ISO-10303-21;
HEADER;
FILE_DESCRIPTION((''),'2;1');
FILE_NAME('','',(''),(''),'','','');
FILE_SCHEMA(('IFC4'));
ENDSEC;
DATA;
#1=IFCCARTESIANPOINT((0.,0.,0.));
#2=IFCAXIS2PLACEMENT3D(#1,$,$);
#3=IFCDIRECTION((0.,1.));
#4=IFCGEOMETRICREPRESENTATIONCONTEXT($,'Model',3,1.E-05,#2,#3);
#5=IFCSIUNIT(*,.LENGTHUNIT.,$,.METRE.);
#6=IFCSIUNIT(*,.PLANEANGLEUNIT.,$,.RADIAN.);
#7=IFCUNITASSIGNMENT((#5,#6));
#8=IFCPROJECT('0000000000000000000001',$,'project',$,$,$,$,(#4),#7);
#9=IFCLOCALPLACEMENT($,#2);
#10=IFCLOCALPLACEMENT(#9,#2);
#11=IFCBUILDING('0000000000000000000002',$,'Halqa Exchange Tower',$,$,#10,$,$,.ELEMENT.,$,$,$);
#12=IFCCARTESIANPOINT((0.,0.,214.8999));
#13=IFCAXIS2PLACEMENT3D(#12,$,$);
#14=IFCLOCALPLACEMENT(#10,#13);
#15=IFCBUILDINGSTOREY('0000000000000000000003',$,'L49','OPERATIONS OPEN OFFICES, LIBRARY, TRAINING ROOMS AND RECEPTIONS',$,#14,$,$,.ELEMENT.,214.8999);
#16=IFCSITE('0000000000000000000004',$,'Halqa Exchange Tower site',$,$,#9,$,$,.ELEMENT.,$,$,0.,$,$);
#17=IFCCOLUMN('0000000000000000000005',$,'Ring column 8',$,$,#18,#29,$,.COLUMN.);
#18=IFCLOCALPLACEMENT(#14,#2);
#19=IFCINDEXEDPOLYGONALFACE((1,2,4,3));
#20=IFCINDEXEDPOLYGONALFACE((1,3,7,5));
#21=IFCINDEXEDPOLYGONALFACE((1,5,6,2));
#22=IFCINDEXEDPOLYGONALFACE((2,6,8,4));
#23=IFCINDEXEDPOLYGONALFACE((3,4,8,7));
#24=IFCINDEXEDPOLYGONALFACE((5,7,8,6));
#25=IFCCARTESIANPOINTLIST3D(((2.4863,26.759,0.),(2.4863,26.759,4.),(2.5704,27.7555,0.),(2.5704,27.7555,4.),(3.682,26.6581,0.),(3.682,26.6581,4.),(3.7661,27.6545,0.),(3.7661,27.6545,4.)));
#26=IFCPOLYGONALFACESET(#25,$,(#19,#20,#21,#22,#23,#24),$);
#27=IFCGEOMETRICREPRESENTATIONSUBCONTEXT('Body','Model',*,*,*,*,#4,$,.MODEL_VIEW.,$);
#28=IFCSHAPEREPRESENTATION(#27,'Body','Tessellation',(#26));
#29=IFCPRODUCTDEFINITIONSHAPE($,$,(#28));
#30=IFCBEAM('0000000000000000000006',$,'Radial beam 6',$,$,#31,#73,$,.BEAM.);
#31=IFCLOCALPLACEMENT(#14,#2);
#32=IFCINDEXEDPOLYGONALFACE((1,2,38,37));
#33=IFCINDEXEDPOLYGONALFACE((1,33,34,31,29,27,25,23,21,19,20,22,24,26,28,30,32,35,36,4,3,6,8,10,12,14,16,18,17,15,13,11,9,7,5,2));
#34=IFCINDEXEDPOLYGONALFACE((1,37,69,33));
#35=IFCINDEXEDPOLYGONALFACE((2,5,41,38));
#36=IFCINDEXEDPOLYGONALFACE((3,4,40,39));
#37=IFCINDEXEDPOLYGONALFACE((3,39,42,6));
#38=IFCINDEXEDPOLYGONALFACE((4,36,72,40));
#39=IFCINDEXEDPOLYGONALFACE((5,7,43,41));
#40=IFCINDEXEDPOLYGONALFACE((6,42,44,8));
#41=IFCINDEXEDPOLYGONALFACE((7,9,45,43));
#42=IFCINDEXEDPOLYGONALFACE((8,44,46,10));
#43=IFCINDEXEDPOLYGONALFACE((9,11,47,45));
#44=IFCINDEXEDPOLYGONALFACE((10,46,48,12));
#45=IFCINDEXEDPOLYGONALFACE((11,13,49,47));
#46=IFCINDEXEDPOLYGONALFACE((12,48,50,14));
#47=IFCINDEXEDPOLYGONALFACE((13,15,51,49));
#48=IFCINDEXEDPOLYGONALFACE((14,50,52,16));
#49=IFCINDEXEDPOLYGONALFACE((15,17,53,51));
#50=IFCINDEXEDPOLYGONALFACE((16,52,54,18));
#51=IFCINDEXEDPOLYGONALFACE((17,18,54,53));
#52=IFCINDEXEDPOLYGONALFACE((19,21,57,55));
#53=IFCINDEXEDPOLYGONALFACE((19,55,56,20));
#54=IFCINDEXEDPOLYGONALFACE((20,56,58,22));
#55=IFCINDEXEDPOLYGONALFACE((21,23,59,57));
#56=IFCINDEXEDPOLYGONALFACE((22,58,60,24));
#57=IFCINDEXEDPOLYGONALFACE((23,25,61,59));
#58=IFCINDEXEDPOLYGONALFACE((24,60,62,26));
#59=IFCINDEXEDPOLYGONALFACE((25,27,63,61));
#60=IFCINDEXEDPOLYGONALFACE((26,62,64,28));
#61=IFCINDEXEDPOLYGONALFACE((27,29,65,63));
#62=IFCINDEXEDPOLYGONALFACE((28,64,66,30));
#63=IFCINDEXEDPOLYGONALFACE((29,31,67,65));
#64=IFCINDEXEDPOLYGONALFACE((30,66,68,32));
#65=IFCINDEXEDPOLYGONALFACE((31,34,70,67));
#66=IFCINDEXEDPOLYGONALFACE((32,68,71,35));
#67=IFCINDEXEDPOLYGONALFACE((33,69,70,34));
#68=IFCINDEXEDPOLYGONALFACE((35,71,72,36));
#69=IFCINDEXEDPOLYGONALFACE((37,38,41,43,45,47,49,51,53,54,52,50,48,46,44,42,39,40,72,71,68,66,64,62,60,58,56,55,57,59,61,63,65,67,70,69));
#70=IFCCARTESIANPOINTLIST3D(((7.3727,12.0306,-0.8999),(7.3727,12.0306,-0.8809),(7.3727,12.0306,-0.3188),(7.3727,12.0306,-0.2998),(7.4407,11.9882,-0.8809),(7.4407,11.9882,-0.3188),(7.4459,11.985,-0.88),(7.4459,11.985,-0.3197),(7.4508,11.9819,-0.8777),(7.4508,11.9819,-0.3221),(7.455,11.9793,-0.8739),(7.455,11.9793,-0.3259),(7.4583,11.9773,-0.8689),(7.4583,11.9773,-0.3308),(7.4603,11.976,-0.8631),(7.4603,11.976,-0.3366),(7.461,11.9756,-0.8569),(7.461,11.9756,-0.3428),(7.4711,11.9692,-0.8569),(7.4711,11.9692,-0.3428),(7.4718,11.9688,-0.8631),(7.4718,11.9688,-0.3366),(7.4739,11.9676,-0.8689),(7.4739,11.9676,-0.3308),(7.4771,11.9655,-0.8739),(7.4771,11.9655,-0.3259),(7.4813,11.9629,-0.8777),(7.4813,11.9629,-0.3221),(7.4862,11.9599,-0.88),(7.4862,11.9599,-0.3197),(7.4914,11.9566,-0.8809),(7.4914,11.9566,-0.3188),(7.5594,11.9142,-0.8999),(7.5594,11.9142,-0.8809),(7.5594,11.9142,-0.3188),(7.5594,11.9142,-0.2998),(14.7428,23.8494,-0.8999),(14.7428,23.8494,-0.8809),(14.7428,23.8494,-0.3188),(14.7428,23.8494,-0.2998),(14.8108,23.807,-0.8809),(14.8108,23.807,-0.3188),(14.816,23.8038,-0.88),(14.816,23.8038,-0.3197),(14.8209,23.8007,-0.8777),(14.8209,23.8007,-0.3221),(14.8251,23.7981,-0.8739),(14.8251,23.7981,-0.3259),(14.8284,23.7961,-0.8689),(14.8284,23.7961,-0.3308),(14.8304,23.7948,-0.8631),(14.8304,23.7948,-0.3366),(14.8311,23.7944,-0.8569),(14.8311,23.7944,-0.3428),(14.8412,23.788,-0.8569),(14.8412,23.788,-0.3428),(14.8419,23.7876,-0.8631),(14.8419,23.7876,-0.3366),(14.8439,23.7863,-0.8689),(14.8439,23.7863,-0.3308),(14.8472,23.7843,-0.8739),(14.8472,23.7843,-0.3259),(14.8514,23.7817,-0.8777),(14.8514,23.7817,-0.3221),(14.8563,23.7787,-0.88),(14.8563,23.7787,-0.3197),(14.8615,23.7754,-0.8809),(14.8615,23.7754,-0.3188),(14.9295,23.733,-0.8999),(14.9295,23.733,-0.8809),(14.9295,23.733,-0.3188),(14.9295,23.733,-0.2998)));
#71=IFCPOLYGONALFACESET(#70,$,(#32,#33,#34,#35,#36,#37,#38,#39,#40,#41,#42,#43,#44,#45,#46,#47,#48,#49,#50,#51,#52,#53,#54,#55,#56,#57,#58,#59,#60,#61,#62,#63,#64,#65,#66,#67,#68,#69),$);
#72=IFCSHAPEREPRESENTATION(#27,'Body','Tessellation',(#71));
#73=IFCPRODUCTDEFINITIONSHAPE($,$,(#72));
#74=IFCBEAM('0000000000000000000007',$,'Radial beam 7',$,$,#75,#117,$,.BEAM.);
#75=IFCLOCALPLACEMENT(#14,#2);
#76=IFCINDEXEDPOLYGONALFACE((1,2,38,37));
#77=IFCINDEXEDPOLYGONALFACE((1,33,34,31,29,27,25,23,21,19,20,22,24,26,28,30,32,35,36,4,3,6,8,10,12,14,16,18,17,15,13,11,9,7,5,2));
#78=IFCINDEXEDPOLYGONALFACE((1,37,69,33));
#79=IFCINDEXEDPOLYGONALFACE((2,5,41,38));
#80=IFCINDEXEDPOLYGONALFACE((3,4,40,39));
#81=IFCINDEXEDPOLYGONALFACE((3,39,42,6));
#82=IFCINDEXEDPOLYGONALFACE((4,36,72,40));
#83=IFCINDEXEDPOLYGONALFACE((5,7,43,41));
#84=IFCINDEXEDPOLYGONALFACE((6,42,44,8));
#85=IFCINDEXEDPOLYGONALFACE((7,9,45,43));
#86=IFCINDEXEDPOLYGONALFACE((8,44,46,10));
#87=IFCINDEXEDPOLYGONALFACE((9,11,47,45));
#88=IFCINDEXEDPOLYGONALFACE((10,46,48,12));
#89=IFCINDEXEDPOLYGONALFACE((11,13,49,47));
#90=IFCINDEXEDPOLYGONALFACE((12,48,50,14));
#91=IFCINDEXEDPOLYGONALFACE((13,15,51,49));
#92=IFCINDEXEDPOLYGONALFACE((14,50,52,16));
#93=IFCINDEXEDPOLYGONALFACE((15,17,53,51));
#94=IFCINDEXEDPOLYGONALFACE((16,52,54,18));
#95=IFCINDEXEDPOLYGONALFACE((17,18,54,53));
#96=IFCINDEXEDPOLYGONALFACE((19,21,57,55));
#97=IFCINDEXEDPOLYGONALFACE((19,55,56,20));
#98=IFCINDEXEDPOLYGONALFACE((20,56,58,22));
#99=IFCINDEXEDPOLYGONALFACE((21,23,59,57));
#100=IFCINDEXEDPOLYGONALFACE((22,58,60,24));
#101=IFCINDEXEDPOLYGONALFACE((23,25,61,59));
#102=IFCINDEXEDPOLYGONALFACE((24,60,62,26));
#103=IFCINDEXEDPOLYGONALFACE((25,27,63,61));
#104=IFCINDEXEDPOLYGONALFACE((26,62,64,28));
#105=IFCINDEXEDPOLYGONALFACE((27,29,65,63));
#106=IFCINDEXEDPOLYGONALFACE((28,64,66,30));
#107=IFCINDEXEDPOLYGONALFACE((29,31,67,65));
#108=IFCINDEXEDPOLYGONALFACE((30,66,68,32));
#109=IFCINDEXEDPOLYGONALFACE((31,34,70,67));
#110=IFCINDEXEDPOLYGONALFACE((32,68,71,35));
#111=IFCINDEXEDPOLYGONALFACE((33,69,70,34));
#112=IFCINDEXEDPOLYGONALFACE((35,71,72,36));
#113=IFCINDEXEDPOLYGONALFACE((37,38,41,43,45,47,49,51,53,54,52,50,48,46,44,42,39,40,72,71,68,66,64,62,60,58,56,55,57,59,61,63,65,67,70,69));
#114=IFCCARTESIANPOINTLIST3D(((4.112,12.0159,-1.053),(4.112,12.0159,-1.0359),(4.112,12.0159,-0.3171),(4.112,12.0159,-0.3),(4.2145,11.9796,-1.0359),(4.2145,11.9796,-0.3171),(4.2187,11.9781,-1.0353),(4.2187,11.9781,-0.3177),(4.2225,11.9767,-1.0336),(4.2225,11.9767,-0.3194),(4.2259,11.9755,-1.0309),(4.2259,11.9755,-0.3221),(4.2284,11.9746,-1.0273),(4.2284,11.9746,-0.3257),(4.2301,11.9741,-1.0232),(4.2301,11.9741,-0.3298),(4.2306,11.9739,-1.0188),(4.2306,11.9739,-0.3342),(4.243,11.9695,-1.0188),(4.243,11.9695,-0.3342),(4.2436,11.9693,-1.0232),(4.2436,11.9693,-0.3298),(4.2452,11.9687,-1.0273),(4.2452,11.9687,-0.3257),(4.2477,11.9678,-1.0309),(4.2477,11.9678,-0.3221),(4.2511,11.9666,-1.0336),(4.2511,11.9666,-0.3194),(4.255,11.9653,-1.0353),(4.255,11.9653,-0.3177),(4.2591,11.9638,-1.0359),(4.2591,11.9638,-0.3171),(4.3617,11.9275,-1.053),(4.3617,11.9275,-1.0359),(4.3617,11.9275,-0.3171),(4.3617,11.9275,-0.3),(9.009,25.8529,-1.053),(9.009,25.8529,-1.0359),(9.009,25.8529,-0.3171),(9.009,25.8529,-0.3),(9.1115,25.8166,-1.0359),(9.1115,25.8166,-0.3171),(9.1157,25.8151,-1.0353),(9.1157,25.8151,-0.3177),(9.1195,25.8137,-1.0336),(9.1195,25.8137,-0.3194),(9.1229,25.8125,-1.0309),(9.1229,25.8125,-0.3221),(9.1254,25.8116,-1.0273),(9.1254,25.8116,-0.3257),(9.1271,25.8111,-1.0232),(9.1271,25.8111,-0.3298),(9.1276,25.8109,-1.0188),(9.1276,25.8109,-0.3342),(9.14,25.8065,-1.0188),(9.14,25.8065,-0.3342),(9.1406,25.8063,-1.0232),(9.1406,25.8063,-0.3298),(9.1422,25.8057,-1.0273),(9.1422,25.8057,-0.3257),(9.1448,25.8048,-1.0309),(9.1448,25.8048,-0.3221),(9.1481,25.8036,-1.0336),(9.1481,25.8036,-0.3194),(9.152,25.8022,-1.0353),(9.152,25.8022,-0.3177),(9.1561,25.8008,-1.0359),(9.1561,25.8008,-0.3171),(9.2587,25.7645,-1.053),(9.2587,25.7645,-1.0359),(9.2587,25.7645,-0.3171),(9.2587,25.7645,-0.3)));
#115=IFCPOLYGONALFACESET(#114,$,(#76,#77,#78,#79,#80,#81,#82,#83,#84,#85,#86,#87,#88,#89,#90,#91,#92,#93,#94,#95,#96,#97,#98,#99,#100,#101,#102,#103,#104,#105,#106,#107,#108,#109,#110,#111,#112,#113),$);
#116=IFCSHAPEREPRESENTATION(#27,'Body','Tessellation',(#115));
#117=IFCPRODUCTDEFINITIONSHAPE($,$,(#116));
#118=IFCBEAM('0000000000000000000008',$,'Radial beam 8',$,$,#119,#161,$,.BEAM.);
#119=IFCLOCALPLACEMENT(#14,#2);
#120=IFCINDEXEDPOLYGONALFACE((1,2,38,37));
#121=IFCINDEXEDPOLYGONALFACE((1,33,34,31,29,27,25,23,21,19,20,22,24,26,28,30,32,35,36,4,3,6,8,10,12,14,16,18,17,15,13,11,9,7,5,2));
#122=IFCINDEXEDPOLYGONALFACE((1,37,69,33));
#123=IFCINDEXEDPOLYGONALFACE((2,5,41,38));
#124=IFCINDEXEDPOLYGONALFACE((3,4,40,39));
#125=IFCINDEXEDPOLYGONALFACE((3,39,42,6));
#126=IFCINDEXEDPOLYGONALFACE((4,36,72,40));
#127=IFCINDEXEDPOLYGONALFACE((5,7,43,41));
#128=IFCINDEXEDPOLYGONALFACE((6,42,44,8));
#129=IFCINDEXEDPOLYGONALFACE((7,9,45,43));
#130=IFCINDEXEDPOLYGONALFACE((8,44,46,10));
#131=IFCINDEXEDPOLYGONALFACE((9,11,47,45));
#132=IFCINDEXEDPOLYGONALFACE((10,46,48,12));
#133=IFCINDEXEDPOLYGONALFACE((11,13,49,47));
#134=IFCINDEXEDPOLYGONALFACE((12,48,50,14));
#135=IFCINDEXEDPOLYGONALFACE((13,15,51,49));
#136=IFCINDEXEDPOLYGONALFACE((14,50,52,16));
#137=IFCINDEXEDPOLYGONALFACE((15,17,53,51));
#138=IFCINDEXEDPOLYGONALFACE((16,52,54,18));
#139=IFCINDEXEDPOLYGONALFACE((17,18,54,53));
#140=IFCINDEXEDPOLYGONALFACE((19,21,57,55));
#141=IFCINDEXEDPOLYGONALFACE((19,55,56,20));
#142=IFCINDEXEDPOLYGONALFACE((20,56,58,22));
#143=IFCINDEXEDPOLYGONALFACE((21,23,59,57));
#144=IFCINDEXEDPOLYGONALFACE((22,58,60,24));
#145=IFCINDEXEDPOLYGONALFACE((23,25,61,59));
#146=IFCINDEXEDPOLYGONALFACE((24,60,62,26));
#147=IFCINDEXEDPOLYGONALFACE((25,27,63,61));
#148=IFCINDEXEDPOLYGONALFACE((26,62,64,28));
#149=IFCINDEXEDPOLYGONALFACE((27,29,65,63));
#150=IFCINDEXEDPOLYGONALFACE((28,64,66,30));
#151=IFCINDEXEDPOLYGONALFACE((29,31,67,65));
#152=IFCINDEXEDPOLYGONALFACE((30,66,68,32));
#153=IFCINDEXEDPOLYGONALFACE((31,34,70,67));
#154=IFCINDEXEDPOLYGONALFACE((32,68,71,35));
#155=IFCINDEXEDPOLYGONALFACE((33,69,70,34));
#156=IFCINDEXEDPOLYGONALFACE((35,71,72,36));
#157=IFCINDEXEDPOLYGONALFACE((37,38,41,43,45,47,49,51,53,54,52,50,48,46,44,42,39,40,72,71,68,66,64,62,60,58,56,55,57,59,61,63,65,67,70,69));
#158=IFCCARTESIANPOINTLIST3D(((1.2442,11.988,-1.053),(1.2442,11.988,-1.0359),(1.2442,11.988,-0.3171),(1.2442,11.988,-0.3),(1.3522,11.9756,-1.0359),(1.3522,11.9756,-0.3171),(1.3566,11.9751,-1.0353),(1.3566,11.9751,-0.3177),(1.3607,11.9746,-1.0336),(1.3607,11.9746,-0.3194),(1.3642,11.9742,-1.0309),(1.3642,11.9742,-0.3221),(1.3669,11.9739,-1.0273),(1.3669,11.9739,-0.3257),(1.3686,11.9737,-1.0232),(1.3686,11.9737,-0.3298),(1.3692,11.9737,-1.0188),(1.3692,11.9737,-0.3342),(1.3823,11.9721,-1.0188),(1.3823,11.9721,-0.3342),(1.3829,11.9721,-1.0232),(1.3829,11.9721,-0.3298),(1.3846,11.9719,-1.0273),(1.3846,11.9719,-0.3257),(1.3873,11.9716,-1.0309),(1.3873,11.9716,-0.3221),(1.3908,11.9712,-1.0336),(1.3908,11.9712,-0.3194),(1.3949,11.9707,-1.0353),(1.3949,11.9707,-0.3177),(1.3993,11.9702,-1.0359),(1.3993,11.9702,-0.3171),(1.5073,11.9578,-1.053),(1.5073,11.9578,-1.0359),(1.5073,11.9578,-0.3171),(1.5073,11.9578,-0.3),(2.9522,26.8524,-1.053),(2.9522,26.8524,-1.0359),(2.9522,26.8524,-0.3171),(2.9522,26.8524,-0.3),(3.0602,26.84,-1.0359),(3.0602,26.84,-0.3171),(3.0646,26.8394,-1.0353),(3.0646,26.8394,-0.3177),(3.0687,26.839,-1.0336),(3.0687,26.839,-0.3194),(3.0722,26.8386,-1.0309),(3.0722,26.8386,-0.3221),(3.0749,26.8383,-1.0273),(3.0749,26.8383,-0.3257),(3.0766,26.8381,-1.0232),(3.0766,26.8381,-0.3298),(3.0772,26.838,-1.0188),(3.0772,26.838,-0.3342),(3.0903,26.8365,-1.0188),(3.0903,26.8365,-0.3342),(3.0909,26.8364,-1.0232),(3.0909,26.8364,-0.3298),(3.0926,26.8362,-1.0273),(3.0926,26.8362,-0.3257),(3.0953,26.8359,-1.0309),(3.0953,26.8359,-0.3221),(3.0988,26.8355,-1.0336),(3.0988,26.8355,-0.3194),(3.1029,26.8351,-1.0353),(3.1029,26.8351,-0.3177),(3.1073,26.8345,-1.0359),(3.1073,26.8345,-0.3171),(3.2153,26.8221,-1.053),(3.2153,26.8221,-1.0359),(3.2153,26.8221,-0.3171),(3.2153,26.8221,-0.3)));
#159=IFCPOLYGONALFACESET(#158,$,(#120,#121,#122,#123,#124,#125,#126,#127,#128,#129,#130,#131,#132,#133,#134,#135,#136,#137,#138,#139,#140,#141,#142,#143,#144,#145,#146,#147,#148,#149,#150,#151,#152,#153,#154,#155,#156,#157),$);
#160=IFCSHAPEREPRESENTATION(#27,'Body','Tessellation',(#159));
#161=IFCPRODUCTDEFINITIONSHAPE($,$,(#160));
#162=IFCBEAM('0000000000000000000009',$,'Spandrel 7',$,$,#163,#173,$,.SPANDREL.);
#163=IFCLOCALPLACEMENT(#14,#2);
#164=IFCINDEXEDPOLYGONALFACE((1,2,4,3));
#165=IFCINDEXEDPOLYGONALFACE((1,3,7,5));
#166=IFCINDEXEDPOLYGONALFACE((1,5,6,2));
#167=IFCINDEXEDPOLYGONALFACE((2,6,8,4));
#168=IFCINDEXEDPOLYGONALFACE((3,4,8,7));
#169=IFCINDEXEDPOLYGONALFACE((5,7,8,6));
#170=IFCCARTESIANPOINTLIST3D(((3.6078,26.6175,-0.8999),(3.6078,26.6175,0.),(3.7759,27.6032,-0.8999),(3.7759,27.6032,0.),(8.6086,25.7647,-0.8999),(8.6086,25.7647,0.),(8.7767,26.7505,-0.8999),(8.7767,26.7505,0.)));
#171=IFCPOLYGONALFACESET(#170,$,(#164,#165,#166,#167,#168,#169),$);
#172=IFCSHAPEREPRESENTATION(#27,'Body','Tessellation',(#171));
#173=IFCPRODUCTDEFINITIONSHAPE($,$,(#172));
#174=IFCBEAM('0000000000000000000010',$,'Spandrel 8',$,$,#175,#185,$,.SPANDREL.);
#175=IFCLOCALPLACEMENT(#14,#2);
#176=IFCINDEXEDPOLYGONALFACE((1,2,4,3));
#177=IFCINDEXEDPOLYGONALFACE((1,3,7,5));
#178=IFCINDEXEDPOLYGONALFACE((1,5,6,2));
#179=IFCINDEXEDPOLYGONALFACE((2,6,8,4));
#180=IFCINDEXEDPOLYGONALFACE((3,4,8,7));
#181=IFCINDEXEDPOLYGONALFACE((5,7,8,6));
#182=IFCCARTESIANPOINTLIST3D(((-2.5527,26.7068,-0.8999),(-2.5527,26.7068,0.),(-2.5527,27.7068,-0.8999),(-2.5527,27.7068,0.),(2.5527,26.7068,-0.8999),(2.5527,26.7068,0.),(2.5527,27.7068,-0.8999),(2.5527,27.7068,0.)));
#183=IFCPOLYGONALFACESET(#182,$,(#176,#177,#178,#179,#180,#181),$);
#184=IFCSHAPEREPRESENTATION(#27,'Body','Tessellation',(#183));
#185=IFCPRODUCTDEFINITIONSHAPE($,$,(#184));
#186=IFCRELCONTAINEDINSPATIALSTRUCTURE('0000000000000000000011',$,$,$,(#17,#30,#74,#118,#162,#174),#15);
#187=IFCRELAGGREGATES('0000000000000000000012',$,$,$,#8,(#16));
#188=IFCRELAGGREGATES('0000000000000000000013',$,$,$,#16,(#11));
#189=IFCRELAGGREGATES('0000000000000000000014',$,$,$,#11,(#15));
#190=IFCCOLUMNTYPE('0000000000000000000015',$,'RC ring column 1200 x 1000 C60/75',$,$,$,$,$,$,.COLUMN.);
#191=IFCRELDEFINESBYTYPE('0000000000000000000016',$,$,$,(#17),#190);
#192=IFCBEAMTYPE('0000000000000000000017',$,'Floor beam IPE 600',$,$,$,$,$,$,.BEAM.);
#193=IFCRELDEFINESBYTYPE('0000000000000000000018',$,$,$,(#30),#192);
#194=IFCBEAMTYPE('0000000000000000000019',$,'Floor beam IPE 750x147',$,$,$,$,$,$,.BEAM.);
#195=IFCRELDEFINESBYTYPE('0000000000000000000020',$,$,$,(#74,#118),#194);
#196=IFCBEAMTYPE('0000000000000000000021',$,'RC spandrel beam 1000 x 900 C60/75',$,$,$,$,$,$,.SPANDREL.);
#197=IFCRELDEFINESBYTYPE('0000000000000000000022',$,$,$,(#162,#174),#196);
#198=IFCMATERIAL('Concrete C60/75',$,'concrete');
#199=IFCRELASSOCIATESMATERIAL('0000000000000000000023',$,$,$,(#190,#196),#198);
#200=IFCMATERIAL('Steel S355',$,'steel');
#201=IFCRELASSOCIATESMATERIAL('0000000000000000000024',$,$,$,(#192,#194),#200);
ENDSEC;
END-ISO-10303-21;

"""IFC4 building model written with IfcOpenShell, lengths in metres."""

from ifc_helpers import new_model, si_unit, direction, frame, origin, origin_2d, place, context, subcontext, project, spatial, rectangle, i_section, extrude, material, material_profile, profile_set, type_object, element, save


model = new_model("IFC4")

# Units and contexts
model_context = context("Model", 3, precision=1e-05, world=origin(), true_north=direction((0.0, 1.0)))
body_context = subcontext(model_context, "Body", "Model", "MODEL_VIEW")
ifc_project = project(units=[si_unit("LENGTHUNIT", "METRE"), si_unit("PLANEANGLEUNIT", "RADIAN")], contexts=[model_context])

# Site, building, storey
site_placement = place(None, origin())
site = spatial("IfcSite", under=ifc_project, at=site_placement, Name="Halqa Exchange Tower site", CompositionType="ELEMENT", RefElevation=0.0)
building_placement = place(site_placement, origin())
building = spatial("IfcBuilding", under=site, at=building_placement, Name="Halqa Exchange Tower", CompositionType="ELEMENT")
storey_placement = place(building_placement, frame((0.0, 0.0, 214.8999)))
storey = spatial("IfcBuildingStorey", under=building, at=storey_placement, Name="L49", Description="OPERATIONS OPEN OFFICES, LIBRARY, TRAINING ROOMS AND RECEPTIONS", CompositionType="ELEMENT", Elevation=214.8999)

# Column
ifc_material_1 = material(Name="Concrete C60/75", Category="concrete")
ifc_material_profile_1 = material_profile(ifc_material_1, rectangle(XDim=1.2, YDim=1.0, at=origin_2d()), Name="1200 x 1000")
ifc_profile_set_1 = profile_set([ifc_material_profile_1], Name="Concrete C60/75")
column_type = type_object("IfcColumnType", Name="RC ring column 1200 x 1000 C60/75", PredefinedType="COLUMN", material=ifc_profile_set_1)
column_placement = place(storey_placement, frame((3.1262, 27.2068, 0.0), z_axis=(0.0, 0.0, 1.0), x_axis=(-0.996455, 0.084128, 0.0)))
element("IfcColumn", 1, at=column_placement, inside=storey, type_object=column_type, Name="Ring column 8", PredefinedType="COLUMN", context=body_context, shape_type="SweptSolid", body=[
    extrude(rectangle(XDim=1.2, YDim=1.0, at=origin_2d()), origin(), (0.0, 0.0, 1.0), 4.0),
])

# Beams
ifc_material_2 = material(Name="Steel S355", Category="steel")
ifc_material_profile_2 = material_profile(ifc_material_2, i_section(OverallWidth=0.22, OverallDepth=0.6001, WebThickness=0.012, FlangeThickness=0.019, FilletRadius=0.0239, at=origin_2d()), Name="IPE 600")
ifc_profile_set_2 = profile_set([ifc_material_profile_2], Name="Steel S355")
beam_type_1 = type_object("IfcBeamType", Name="Floor beam IPE 600", PredefinedType="BEAM", material=ifc_profile_set_2)
beam_1_placement = place(storey_placement, frame((7.4661, 11.9724, -0.5999), z_axis=(0.529138, 0.848536, 0.0), x_axis=(-0.848536, 0.529138, 0.0)))
element("IfcBeam", 2, at=beam_1_placement, inside=storey, type_object=beam_type_1, Name="Radial beam 6", PredefinedType="BEAM", context=body_context, shape_type="SweptSolid", body=[
    extrude(i_section(OverallWidth=0.22, OverallDepth=0.6001, WebThickness=0.012, FlangeThickness=0.019, FilletRadius=0.0239, at=origin_2d()), origin(), (0.0, 0.0, 1.0), 13.9285),
])
ifc_material_profile_3 = material_profile(ifc_material_2, i_section(OverallWidth=0.2649, OverallDepth=0.7529, WebThickness=0.0132, FlangeThickness=0.0171, FilletRadius=0.0171, at=origin_2d()), Name="IPE 750x147")
ifc_profile_set_3 = profile_set([ifc_material_profile_3], Name="Steel S355")
beam_type_2 = type_object("IfcBeamType", Name="Floor beam IPE 750x147", PredefinedType="BEAM", material=ifc_profile_set_3)
beam_2_placement = place(storey_placement, frame((4.2368, 11.9717, -0.6765), z_axis=(0.333629, 0.942704, 0.0), x_axis=(-0.942704, 0.333629, 0.0)))
element("IfcBeam", 3, at=beam_2_placement, inside=storey, type_object=beam_type_2, Name="Radial beam 7", PredefinedType="BEAM", context=body_context, shape_type="SweptSolid", body=[
    extrude(i_section(OverallWidth=0.2649, OverallDepth=0.7529, WebThickness=0.0132, FlangeThickness=0.0171, FilletRadius=0.0171, at=origin_2d()), origin(), (0.0, 0.0, 1.0), 14.678),
])
beam_3_placement = place(storey_placement, frame((1.3757, 11.9729, -0.6765), z_axis=(0.114156, 0.993463, 0.0), x_axis=(-0.993463, 0.114156, 0.0)))
element("IfcBeam", 4, at=beam_3_placement, inside=storey, type_object=beam_type_2, Name="Radial beam 8", PredefinedType="BEAM", context=body_context, shape_type="SweptSolid", body=[
    extrude(i_section(OverallWidth=0.2649, OverallDepth=0.7529, WebThickness=0.0132, FlangeThickness=0.0171, FilletRadius=0.0171, at=origin_2d()), origin(), (0.0, 0.0, 1.0), 14.9622),
])
ifc_material_profile_4 = material_profile(ifc_material_1, rectangle(XDim=1.0, YDim=0.8999, at=origin_2d()), Name="1000 x 900")
ifc_profile_set_4 = profile_set([ifc_material_profile_4], Name="Concrete C60/75")
beam_type_3 = type_object("IfcBeamType", Name="RC spandrel beam 1000 x 900 C60/75", PredefinedType="SPANDREL", material=ifc_profile_set_4)
beam_4_placement = place(storey_placement, frame((8.6926, 26.2576, -0.45), z_axis=(-0.985769, 0.168105, 0.0), x_axis=(-0.168105, -0.985769, 0.0)))
element("IfcBeam", 5, at=beam_4_placement, inside=storey, type_object=beam_type_3, Name="Spandrel 7", PredefinedType="SPANDREL", context=body_context, shape_type="SweptSolid", body=[
    extrude(rectangle(XDim=1.0, YDim=0.8999, at=origin_2d()), origin(), (0.0, 0.0, 1.0), 5.073),
])
beam_5_placement = place(storey_placement, frame((2.5527, 27.2068, -0.45), z_axis=(-1.0, 0.0, 0.0), x_axis=(0.0, -1.0, 0.0)))
element("IfcBeam", 6, at=beam_5_placement, inside=storey, type_object=beam_type_3, Name="Spandrel 8", PredefinedType="SPANDREL", context=body_context, shape_type="SweptSolid", body=[
    extrude(rectangle(XDim=1.0, YDim=0.8999, at=origin_2d()), origin(), (0.0, 0.0, 1.0), 5.1055),
])

save(model, "model.ifc")
